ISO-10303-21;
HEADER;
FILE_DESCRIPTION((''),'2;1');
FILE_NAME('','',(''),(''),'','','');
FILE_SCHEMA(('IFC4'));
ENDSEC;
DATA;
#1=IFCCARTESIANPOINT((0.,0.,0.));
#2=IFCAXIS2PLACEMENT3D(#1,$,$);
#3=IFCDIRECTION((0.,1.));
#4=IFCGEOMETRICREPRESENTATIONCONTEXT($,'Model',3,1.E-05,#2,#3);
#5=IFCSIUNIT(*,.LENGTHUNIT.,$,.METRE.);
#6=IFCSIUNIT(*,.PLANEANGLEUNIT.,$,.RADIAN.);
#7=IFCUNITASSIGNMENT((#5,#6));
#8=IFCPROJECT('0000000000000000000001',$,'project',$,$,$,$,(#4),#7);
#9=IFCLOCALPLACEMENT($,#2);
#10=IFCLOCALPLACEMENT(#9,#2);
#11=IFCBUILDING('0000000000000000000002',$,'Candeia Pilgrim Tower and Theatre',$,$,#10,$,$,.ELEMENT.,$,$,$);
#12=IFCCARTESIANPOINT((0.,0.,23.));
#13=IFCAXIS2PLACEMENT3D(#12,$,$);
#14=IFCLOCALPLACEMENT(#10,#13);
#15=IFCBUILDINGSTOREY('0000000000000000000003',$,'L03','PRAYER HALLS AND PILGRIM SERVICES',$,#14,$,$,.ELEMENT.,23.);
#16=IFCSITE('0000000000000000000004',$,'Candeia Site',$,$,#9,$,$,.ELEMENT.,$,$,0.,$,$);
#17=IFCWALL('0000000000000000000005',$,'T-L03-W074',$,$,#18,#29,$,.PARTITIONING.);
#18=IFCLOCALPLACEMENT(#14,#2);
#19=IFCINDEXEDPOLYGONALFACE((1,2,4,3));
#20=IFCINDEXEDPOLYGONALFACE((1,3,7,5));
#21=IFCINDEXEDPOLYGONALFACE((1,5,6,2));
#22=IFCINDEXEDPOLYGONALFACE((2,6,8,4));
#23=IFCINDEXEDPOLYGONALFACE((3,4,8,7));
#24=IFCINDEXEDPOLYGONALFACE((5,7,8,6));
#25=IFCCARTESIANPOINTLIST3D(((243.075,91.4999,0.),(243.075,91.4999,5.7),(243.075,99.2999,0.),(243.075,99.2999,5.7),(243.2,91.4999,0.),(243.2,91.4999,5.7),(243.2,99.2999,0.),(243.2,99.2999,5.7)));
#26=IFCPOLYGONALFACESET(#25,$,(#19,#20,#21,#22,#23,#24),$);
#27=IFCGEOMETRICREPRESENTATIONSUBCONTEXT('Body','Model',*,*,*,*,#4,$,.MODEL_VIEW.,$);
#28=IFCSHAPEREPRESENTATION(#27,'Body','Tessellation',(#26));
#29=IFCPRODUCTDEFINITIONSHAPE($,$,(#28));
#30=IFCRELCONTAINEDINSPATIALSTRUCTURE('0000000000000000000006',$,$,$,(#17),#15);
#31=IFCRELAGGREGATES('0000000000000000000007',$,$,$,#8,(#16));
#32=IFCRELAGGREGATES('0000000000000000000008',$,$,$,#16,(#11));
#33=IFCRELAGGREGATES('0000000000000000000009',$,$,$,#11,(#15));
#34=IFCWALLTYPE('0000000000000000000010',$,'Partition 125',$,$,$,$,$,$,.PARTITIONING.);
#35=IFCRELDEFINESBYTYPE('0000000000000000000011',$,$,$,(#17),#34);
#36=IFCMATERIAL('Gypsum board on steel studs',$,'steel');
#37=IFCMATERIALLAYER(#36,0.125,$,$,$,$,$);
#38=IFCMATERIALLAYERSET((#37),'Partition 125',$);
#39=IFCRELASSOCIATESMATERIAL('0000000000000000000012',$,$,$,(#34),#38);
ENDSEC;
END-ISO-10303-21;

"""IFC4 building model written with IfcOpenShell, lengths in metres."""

from ifc_helpers import new_model, si_unit, direction, frame, frame_2d, origin, place, context, subcontext, project, spatial, rectangle, extrude, material, layer, layer_set, type_object, element, save


model = new_model("IFC4")

# Units and contexts
model_context = context("Model", 3, precision=1e-05, world=origin(), true_north=direction((0.0, 1.0)))
body_context = subcontext(model_context, "Body", "Model", "MODEL_VIEW")
ifc_project = project(units=[si_unit("LENGTHUNIT", "METRE"), si_unit("PLANEANGLEUNIT", "RADIAN")], contexts=[model_context])

# Site, building, storey
site_placement = place(None, origin())
site = spatial("IfcSite", under=ifc_project, at=site_placement, Name="Candeia Site", CompositionType="ELEMENT", RefElevation=0.0)
building_placement = place(site_placement, origin())
building = spatial("IfcBuilding", under=site, at=building_placement, Name="Candeia Pilgrim Tower and Theatre", CompositionType="ELEMENT")
storey_placement = place(building_placement, frame((0.0, 0.0, 23.0)))
storey = spatial("IfcBuildingStorey", under=building, at=storey_placement, Name="L03", Description="PRAYER HALLS AND PILGRIM SERVICES", CompositionType="ELEMENT", Elevation=23.0)

# Shared definitions
ifc_material_1 = material(Name="Gypsum board on steel studs", Category="steel")
ifc_layer = layer(ifc_material_1, 0.125)
ifc_layer_set = layer_set([ifc_layer], Name="Partition 125")
wall_type = type_object("IfcWallType", Name="Partition 125", PredefinedType="PARTITIONING", material=ifc_layer_set)

# Wall
wall_1_placement = place(storey_placement, frame((243.1375, 91.5, 0.0), z_axis=(0.0, 0.0, 1.0), x_axis=(0.0, 1.0, 0.0)))
element("IfcWall", 1, at=wall_1_placement, inside=storey, type_object=wall_type, Name="T-L03-W074", PredefinedType="PARTITIONING", context=body_context, shape_type="SweptSolid", body=[
    extrude(rectangle(XDim=7.8, YDim=0.125, at=frame_2d((3.8999, 0.0))), origin(), (0.0, 0.0, 1.0), 5.7),
])

save(model, "model.ifc")
